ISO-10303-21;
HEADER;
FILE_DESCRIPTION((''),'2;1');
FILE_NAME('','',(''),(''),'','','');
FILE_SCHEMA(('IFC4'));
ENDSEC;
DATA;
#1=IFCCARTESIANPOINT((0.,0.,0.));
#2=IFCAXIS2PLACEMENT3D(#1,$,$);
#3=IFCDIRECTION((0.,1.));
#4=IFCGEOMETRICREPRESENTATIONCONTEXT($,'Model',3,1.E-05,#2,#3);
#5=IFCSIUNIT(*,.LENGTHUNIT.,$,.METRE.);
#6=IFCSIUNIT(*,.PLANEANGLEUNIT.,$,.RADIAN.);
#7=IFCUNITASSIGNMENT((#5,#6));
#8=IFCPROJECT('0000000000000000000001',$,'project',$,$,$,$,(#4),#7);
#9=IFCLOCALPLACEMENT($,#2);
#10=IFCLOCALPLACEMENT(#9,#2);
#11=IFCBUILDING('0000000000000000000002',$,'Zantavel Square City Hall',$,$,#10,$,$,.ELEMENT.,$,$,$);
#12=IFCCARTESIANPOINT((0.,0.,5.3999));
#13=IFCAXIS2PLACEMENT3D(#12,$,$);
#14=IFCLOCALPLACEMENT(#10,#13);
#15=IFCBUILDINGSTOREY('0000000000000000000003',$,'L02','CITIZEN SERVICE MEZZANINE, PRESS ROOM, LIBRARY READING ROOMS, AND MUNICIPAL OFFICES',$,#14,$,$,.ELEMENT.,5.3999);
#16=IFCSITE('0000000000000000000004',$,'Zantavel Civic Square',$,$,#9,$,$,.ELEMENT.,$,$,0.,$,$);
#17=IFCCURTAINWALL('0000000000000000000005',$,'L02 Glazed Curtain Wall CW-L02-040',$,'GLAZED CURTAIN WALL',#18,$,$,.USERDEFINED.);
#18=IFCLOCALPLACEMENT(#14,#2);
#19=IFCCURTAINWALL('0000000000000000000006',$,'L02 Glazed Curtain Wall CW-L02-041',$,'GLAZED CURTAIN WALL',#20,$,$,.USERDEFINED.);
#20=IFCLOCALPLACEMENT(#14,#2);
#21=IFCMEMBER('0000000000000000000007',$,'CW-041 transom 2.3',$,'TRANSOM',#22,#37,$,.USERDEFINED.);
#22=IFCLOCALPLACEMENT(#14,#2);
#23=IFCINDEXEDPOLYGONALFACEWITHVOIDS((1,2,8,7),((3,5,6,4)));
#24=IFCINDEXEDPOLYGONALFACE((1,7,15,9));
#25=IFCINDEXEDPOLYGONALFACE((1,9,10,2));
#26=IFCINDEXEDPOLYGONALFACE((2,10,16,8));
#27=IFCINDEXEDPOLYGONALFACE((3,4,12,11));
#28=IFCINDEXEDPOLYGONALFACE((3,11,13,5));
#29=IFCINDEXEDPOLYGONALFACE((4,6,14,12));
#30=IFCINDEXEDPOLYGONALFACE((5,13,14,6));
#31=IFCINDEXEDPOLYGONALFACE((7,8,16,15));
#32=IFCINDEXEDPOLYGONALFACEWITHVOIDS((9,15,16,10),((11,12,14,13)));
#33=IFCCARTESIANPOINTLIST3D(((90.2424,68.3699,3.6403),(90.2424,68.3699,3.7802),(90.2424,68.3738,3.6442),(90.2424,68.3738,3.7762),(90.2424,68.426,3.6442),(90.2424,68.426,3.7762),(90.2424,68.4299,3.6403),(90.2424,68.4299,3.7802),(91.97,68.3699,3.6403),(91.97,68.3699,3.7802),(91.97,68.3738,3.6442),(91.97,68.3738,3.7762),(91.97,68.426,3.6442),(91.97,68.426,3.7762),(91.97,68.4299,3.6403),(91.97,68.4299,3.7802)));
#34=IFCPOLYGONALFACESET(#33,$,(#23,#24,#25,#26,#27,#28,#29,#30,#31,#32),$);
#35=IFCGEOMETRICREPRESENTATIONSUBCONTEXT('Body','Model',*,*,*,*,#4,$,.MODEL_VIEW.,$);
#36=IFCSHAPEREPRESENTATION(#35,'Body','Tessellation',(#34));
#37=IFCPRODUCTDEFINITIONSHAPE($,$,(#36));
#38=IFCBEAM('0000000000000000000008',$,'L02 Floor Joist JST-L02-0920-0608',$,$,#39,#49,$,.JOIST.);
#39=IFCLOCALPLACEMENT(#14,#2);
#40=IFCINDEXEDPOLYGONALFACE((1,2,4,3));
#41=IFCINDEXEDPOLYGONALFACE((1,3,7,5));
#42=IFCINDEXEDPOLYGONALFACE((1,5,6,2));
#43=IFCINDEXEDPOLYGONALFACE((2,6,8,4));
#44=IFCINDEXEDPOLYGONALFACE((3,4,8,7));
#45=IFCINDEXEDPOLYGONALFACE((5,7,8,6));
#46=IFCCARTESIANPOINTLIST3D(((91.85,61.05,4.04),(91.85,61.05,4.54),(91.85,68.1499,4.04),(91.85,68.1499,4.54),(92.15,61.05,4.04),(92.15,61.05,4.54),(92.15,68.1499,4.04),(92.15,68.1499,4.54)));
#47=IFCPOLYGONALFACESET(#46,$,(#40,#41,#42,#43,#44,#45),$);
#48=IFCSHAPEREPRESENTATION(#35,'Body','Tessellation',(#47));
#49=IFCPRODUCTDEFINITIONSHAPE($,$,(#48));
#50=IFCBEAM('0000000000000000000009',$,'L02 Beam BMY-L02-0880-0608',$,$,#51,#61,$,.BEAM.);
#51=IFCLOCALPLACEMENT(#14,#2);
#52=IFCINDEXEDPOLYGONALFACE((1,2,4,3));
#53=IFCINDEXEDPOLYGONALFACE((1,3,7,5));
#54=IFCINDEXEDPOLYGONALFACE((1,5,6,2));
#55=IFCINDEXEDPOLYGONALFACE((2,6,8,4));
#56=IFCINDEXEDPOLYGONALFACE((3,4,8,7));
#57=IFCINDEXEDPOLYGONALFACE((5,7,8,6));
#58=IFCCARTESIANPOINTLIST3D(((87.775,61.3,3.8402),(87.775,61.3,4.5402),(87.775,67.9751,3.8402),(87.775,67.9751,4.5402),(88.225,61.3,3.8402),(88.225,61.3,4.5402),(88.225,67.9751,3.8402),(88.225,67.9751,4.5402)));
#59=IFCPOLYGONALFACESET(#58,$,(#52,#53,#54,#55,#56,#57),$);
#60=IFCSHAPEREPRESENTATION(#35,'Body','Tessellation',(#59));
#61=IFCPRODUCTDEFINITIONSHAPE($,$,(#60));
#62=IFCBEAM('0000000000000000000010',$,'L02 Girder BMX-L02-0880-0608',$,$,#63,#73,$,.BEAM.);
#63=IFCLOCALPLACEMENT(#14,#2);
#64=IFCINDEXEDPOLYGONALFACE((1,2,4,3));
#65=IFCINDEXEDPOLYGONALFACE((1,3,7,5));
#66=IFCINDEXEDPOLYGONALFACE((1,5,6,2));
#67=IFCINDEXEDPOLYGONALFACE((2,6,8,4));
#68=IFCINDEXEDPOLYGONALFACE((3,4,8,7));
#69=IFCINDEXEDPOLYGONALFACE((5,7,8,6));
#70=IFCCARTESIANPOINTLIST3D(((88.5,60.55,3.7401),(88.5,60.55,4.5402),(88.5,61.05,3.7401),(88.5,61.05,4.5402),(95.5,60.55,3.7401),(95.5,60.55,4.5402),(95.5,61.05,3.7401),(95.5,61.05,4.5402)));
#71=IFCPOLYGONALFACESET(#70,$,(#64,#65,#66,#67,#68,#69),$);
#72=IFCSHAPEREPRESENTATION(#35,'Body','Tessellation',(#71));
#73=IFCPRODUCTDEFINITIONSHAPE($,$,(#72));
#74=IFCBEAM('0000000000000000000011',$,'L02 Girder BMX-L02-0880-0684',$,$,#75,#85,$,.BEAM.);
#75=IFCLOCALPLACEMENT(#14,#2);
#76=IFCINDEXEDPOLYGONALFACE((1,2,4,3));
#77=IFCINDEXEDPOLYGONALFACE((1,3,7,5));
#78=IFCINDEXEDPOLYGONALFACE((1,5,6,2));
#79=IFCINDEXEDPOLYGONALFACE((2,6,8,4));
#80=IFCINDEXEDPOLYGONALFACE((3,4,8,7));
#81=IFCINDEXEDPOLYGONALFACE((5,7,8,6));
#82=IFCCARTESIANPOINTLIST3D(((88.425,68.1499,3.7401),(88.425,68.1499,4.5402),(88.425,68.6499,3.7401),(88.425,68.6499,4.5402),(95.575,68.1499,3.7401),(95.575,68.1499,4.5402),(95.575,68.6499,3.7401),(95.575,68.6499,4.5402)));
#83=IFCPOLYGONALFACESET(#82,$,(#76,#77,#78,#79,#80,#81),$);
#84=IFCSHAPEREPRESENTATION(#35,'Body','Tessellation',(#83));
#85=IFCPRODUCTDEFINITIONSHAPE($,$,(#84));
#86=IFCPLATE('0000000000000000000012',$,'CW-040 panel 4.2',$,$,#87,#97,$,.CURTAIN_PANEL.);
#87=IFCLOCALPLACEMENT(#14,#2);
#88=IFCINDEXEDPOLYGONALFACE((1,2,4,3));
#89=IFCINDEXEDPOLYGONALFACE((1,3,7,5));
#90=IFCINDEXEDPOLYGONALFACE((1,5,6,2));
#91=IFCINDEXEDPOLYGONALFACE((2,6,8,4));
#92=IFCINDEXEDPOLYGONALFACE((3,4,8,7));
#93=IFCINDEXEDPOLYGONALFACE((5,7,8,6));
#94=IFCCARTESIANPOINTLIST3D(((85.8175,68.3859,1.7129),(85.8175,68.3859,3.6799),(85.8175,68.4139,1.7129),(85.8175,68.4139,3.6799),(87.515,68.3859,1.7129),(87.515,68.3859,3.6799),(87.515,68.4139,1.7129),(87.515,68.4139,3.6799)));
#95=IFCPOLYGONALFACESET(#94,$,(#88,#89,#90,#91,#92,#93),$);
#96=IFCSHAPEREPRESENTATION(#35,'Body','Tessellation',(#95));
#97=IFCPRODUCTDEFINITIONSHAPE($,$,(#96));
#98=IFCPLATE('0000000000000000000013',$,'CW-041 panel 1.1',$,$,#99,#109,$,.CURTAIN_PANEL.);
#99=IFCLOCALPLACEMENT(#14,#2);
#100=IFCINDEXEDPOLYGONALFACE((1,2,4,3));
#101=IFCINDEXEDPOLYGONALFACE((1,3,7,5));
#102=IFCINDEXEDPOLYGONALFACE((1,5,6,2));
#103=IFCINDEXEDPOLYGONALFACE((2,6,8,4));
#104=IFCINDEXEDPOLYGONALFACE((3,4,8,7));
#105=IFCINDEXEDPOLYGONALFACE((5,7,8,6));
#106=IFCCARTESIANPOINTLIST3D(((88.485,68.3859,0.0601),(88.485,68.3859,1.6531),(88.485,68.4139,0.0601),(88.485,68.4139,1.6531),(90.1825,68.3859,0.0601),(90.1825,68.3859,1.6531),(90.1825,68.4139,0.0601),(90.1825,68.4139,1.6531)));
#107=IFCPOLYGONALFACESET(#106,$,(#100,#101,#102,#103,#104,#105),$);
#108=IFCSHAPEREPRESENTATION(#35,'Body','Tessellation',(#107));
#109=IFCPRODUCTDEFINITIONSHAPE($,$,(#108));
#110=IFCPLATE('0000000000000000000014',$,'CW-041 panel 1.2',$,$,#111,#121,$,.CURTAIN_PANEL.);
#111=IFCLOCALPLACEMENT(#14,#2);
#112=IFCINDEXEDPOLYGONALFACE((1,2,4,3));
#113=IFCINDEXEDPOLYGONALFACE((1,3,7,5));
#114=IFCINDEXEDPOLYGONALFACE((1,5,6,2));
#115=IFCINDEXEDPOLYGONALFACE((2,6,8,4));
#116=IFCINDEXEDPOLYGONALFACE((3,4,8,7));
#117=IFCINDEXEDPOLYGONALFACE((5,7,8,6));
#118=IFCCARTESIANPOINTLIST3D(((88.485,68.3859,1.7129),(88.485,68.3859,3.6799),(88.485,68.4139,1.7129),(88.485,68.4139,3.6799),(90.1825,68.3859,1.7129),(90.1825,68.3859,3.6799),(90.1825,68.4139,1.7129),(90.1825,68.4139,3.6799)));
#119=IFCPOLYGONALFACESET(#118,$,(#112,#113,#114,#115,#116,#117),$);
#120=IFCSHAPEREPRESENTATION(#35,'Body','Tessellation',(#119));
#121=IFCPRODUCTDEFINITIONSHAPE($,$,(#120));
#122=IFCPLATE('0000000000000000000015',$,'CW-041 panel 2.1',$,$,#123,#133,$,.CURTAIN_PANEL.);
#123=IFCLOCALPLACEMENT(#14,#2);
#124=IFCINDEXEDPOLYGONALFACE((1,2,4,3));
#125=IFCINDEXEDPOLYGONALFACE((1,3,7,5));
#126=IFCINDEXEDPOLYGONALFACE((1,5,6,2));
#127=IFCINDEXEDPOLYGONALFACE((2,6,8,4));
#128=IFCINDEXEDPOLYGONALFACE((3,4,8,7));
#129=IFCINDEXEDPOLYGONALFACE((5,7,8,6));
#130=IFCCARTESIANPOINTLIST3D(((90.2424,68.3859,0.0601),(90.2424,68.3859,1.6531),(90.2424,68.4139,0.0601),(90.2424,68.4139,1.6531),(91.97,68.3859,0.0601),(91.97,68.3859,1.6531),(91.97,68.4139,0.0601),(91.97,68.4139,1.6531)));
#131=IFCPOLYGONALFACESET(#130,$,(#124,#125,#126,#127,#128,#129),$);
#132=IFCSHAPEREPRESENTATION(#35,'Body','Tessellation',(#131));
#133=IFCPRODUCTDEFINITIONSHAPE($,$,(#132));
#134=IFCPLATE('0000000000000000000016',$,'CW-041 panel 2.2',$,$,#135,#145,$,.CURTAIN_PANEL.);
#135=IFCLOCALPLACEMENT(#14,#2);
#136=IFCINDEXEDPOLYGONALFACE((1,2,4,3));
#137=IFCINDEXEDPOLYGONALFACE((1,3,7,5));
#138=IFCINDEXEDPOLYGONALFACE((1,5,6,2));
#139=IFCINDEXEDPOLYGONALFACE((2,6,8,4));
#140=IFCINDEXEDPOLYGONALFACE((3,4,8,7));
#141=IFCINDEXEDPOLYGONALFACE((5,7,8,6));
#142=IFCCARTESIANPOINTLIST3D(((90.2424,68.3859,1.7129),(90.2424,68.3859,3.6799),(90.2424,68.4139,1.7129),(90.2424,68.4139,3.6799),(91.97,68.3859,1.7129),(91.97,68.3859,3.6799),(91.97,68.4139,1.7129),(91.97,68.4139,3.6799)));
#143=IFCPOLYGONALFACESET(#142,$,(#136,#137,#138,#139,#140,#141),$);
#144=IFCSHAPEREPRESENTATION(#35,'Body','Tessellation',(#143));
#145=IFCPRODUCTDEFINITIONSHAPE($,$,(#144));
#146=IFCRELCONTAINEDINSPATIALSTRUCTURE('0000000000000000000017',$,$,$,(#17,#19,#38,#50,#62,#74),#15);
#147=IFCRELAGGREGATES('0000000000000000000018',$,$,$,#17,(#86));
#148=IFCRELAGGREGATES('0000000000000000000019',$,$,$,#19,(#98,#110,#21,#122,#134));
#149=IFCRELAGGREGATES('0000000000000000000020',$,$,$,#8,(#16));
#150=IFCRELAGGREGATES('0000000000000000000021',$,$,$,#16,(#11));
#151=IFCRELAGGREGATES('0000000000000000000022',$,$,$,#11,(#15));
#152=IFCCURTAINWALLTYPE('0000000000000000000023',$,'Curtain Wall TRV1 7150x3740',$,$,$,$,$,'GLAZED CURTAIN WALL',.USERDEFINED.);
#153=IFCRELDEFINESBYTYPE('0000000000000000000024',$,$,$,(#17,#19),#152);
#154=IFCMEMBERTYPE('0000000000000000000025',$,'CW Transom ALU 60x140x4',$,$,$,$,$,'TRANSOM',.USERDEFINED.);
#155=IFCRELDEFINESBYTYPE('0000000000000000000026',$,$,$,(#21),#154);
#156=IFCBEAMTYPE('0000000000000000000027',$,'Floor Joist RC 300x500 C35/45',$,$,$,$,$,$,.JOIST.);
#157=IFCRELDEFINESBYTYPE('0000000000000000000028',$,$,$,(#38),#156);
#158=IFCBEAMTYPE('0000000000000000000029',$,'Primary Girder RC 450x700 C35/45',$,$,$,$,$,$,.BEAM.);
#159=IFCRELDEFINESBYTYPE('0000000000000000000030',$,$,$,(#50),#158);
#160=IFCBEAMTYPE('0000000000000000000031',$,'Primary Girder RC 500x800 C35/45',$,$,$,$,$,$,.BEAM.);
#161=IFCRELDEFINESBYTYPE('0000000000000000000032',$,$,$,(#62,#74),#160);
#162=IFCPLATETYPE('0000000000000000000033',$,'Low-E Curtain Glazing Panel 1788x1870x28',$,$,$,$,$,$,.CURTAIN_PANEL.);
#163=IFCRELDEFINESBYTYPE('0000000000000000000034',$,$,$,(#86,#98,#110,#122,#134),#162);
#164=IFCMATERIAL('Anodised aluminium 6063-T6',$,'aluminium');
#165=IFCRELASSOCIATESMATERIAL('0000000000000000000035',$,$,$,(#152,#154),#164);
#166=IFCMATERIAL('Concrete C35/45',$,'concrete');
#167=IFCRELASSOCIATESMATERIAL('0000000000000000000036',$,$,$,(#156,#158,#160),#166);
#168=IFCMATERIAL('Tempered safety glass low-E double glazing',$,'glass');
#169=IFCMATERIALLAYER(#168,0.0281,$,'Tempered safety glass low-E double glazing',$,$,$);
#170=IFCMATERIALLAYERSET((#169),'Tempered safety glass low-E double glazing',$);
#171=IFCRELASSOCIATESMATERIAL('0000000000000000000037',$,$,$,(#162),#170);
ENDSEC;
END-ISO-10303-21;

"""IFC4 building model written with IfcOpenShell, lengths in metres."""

from ifc_helpers import new_model, si_unit, direction, frame, origin, origin_2d, place, context, subcontext, project, spatial, rectangle, hollow_rectangle, extrude, material, layer, layer_set, material_profile, profile_set, type_object, element, aggregate, save


model = new_model("IFC4")

# Units and contexts
model_context = context("Model", 3, precision=1e-05, world=origin(), true_north=direction((0.0, 1.0)))
body_context = subcontext(model_context, "Body", "Model", "MODEL_VIEW")
ifc_project = project(units=[si_unit("LENGTHUNIT", "METRE"), si_unit("PLANEANGLEUNIT", "RADIAN")], contexts=[model_context])

# Site, building, storey
site_placement = place(None, origin())
site = spatial("IfcSite", under=ifc_project, at=site_placement, Name="Zantavel Civic Square", CompositionType="ELEMENT", RefElevation=0.0)
building_placement = place(site_placement, origin())
building = spatial("IfcBuilding", under=site, at=building_placement, Name="Zantavel Square City Hall", CompositionType="ELEMENT")
storey_placement = place(building_placement, frame((0.0, 0.0, 5.3999)))
storey = spatial("IfcBuildingStorey", under=building, at=storey_placement, Name="L02", Description="CITIZEN SERVICE MEZZANINE, PRESS ROOM, LIBRARY READING ROOMS, AND MUNICIPAL OFFICES", CompositionType="ELEMENT", Elevation=5.3999)

# Curtain wall
ifc_material_1 = material(Name="Anodised aluminium 6063-T6", Category="aluminium")
curtain_wall_type = type_object("IfcCurtainWallType", Name="Curtain Wall TRV1 7150x3740", ElementType="GLAZED CURTAIN WALL", PredefinedType="USERDEFINED", material=ifc_material_1)
curtain_wall_1_placement = place(storey_placement, origin())
curtain_wall_1 = element("IfcCurtainWall", 1, at=curtain_wall_1_placement, inside=storey, type_object=curtain_wall_type, Name="L02 Glazed Curtain Wall CW-L02-040", ObjectType="GLAZED CURTAIN WALL", PredefinedType="USERDEFINED")

# Curtain wall, member
curtain_wall_2_placement = place(storey_placement, origin())
curtain_wall_2 = element("IfcCurtainWall", 2, at=curtain_wall_2_placement, inside=storey, type_object=curtain_wall_type, Name="L02 Glazed Curtain Wall CW-L02-041", ObjectType="GLAZED CURTAIN WALL", PredefinedType="USERDEFINED")
ifc_material_profile_1 = material_profile(ifc_material_1, hollow_rectangle(XDim=0.0601, YDim=0.1399, WallThickness=0.0039, at=origin_2d()), Name="ALU 60x140x4")
ifc_profile_set_1 = profile_set([ifc_material_profile_1], Name="Anodised aluminium 6063-T6")
member_type_1 = type_object("IfcMemberType", Name="CW Transom ALU 60x140x4", ElementType="TRANSOM", PredefinedType="USERDEFINED", material=ifc_profile_set_1)
member_1_placement = place(storey_placement, frame((90.2424, 68.3999, 3.7102), z_axis=(1.0, 0.0, 0.0), x_axis=(0.0, 1.0, 0.0)))
member_1 = element("IfcMember", 3, at=member_1_placement, type_object=member_type_1, Name="CW-041 transom 2.3", ObjectType="TRANSOM", PredefinedType="USERDEFINED", context=body_context, shape_type="SweptSolid", body=[
    extrude(hollow_rectangle(XDim=0.0601, YDim=0.1399, WallThickness=0.0039, at=origin_2d()), origin(), (0.0, 0.0, 1.0), 1.7275),
])

# Beams
ifc_material_2 = material(Name="Concrete C35/45", Category="concrete")
ifc_material_profile_2 = material_profile(ifc_material_2, rectangle(XDim=0.3, YDim=0.5, at=origin_2d()), Name="RC 300x500")
ifc_profile_set_2 = profile_set([ifc_material_profile_2], Name="Concrete C35/45")
beam_type_1 = type_object("IfcBeamType", Name="Floor Joist RC 300x500 C35/45", PredefinedType="JOIST", material=ifc_profile_set_2)
beam_1_placement = place(storey_placement, frame((92.0, 61.05, 4.29), z_axis=(0.0, 1.0, 0.0), x_axis=(-1.0, 0.0, 0.0)))
element("IfcBeam", 4, at=beam_1_placement, inside=storey, type_object=beam_type_1, Name="L02 Floor Joist JST-L02-0920-0608", PredefinedType="JOIST", context=body_context, shape_type="SweptSolid", body=[
    extrude(rectangle(XDim=0.3, YDim=0.5, at=origin_2d()), origin(), (0.0, 0.0, 1.0), 7.0999),
])
ifc_material_profile_3 = material_profile(ifc_material_2, rectangle(XDim=0.45, YDim=0.7, at=origin_2d()), Name="RC 450x700")
ifc_profile_set_3 = profile_set([ifc_material_profile_3], Name="Concrete C35/45")
beam_type_2 = type_object("IfcBeamType", Name="Primary Girder RC 450x700 C35/45", PredefinedType="BEAM", material=ifc_profile_set_3)
beam_2_placement = place(storey_placement, frame((88.0, 61.3, 4.1902), z_axis=(0.0, 1.0, 0.0), x_axis=(-1.0, 0.0, 0.0)))
element("IfcBeam", 5, at=beam_2_placement, inside=storey, type_object=beam_type_2, Name="L02 Beam BMY-L02-0880-0608", PredefinedType="BEAM", context=body_context, shape_type="SweptSolid", body=[
    extrude(rectangle(XDim=0.45, YDim=0.7, at=origin_2d()), origin(), (0.0, 0.0, 1.0), 6.675),
])
ifc_material_profile_4 = material_profile(ifc_material_2, rectangle(XDim=0.5, YDim=0.8, at=origin_2d()), Name="RC 500x800")
ifc_profile_set_4 = profile_set([ifc_material_profile_4], Name="Concrete C35/45")
beam_type_3 = type_object("IfcBeamType", Name="Primary Girder RC 500x800 C35/45", PredefinedType="BEAM", material=ifc_profile_set_4)
beam_3_placement = place(storey_placement, frame((88.5, 60.8, 4.1401), z_axis=(1.0, 0.0, 0.0), x_axis=(0.0, 1.0, 0.0)))
element("IfcBeam", 6, at=beam_3_placement, inside=storey, type_object=beam_type_3, Name="L02 Girder BMX-L02-0880-0608", PredefinedType="BEAM", context=body_context, shape_type="SweptSolid", body=[
    extrude(rectangle(XDim=0.5, YDim=0.8, at=origin_2d()), origin(), (0.0, 0.0, 1.0), 7.0),
])
beam_4_placement = place(storey_placement, frame((88.425, 68.3999, 4.1401), z_axis=(1.0, 0.0, 0.0), x_axis=(0.0, 1.0, 0.0)))
element("IfcBeam", 7, at=beam_4_placement, inside=storey, type_object=beam_type_3, Name="L02 Girder BMX-L02-0880-0684", PredefinedType="BEAM", context=body_context, shape_type="SweptSolid", body=[
    extrude(rectangle(XDim=0.5, YDim=0.8, at=origin_2d()), origin(), (0.0, 0.0, 1.0), 7.1499),
])

# Plates
ifc_material_3 = material(Name="Tempered safety glass low-E double glazing", Category="glass")
ifc_layer = layer(ifc_material_3, 0.0281, Name="Tempered safety glass low-E double glazing")
ifc_layer_set = layer_set([ifc_layer], Name="Tempered safety glass low-E double glazing")
plate_type = type_object("IfcPlateType", Name="Low-E Curtain Glazing Panel 1788x1870x28", PredefinedType="CURTAIN_PANEL", material=ifc_layer_set)
plate_1_placement = place(storey_placement, frame((86.6663, 68.3999, 1.7129), z_axis=(0.0, 0.0, 1.0), x_axis=(1.0, 0.0, 0.0)))
plate_1 = element("IfcPlate", 8, at=plate_1_placement, type_object=plate_type, Name="CW-040 panel 4.2", PredefinedType="CURTAIN_PANEL", context=body_context, shape_type="SweptSolid", body=[
    extrude(rectangle(XDim=1.6975, YDim=0.0281, at=origin_2d()), origin(), (0.0, 0.0, 1.0), 1.967),
])
aggregate(curtain_wall_1, [plate_1])
plate_2_placement = place(storey_placement, frame((89.3337, 68.3999, 0.0601), z_axis=(0.0, 0.0, 1.0), x_axis=(1.0, 0.0, 0.0)))
plate_2 = element("IfcPlate", 9, at=plate_2_placement, type_object=plate_type, Name="CW-041 panel 1.1", PredefinedType="CURTAIN_PANEL", context=body_context, shape_type="SweptSolid", body=[
    extrude(rectangle(XDim=1.6975, YDim=0.0281, at=origin_2d()), origin(), (0.0, 0.0, 1.0), 1.593),
])
plate_3_placement = place(storey_placement, frame((89.3337, 68.3999, 1.7129), z_axis=(0.0, 0.0, 1.0), x_axis=(1.0, 0.0, 0.0)))
plate_3 = element("IfcPlate", 10, at=plate_3_placement, type_object=plate_type, Name="CW-041 panel 1.2", PredefinedType="CURTAIN_PANEL", context=body_context, shape_type="SweptSolid", body=[
    extrude(rectangle(XDim=1.6975, YDim=0.0281, at=origin_2d()), origin(), (0.0, 0.0, 1.0), 1.967),
])
plate_4_placement = place(storey_placement, frame((91.1062, 68.3999, 0.0601), z_axis=(0.0, 0.0, 1.0), x_axis=(1.0, 0.0, 0.0)))
plate_4 = element("IfcPlate", 11, at=plate_4_placement, type_object=plate_type, Name="CW-041 panel 2.1", PredefinedType="CURTAIN_PANEL", context=body_context, shape_type="SweptSolid", body=[
    extrude(rectangle(XDim=1.7275, YDim=0.0281, at=origin_2d()), origin(), (0.0, 0.0, 1.0), 1.593),
])
plate_5_placement = place(storey_placement, frame((91.1062, 68.3999, 1.7129), z_axis=(0.0, 0.0, 1.0), x_axis=(1.0, 0.0, 0.0)))
plate_5 = element("IfcPlate", 12, at=plate_5_placement, type_object=plate_type, Name="CW-041 panel 2.2", PredefinedType="CURTAIN_PANEL", context=body_context, shape_type="SweptSolid", body=[
    extrude(rectangle(XDim=1.7275, YDim=0.0281, at=origin_2d()), origin(), (0.0, 0.0, 1.0), 1.967),
])
aggregate(curtain_wall_2, [plate_2, plate_3, member_1, plate_4, plate_5])

save(model, "model.ifc")
